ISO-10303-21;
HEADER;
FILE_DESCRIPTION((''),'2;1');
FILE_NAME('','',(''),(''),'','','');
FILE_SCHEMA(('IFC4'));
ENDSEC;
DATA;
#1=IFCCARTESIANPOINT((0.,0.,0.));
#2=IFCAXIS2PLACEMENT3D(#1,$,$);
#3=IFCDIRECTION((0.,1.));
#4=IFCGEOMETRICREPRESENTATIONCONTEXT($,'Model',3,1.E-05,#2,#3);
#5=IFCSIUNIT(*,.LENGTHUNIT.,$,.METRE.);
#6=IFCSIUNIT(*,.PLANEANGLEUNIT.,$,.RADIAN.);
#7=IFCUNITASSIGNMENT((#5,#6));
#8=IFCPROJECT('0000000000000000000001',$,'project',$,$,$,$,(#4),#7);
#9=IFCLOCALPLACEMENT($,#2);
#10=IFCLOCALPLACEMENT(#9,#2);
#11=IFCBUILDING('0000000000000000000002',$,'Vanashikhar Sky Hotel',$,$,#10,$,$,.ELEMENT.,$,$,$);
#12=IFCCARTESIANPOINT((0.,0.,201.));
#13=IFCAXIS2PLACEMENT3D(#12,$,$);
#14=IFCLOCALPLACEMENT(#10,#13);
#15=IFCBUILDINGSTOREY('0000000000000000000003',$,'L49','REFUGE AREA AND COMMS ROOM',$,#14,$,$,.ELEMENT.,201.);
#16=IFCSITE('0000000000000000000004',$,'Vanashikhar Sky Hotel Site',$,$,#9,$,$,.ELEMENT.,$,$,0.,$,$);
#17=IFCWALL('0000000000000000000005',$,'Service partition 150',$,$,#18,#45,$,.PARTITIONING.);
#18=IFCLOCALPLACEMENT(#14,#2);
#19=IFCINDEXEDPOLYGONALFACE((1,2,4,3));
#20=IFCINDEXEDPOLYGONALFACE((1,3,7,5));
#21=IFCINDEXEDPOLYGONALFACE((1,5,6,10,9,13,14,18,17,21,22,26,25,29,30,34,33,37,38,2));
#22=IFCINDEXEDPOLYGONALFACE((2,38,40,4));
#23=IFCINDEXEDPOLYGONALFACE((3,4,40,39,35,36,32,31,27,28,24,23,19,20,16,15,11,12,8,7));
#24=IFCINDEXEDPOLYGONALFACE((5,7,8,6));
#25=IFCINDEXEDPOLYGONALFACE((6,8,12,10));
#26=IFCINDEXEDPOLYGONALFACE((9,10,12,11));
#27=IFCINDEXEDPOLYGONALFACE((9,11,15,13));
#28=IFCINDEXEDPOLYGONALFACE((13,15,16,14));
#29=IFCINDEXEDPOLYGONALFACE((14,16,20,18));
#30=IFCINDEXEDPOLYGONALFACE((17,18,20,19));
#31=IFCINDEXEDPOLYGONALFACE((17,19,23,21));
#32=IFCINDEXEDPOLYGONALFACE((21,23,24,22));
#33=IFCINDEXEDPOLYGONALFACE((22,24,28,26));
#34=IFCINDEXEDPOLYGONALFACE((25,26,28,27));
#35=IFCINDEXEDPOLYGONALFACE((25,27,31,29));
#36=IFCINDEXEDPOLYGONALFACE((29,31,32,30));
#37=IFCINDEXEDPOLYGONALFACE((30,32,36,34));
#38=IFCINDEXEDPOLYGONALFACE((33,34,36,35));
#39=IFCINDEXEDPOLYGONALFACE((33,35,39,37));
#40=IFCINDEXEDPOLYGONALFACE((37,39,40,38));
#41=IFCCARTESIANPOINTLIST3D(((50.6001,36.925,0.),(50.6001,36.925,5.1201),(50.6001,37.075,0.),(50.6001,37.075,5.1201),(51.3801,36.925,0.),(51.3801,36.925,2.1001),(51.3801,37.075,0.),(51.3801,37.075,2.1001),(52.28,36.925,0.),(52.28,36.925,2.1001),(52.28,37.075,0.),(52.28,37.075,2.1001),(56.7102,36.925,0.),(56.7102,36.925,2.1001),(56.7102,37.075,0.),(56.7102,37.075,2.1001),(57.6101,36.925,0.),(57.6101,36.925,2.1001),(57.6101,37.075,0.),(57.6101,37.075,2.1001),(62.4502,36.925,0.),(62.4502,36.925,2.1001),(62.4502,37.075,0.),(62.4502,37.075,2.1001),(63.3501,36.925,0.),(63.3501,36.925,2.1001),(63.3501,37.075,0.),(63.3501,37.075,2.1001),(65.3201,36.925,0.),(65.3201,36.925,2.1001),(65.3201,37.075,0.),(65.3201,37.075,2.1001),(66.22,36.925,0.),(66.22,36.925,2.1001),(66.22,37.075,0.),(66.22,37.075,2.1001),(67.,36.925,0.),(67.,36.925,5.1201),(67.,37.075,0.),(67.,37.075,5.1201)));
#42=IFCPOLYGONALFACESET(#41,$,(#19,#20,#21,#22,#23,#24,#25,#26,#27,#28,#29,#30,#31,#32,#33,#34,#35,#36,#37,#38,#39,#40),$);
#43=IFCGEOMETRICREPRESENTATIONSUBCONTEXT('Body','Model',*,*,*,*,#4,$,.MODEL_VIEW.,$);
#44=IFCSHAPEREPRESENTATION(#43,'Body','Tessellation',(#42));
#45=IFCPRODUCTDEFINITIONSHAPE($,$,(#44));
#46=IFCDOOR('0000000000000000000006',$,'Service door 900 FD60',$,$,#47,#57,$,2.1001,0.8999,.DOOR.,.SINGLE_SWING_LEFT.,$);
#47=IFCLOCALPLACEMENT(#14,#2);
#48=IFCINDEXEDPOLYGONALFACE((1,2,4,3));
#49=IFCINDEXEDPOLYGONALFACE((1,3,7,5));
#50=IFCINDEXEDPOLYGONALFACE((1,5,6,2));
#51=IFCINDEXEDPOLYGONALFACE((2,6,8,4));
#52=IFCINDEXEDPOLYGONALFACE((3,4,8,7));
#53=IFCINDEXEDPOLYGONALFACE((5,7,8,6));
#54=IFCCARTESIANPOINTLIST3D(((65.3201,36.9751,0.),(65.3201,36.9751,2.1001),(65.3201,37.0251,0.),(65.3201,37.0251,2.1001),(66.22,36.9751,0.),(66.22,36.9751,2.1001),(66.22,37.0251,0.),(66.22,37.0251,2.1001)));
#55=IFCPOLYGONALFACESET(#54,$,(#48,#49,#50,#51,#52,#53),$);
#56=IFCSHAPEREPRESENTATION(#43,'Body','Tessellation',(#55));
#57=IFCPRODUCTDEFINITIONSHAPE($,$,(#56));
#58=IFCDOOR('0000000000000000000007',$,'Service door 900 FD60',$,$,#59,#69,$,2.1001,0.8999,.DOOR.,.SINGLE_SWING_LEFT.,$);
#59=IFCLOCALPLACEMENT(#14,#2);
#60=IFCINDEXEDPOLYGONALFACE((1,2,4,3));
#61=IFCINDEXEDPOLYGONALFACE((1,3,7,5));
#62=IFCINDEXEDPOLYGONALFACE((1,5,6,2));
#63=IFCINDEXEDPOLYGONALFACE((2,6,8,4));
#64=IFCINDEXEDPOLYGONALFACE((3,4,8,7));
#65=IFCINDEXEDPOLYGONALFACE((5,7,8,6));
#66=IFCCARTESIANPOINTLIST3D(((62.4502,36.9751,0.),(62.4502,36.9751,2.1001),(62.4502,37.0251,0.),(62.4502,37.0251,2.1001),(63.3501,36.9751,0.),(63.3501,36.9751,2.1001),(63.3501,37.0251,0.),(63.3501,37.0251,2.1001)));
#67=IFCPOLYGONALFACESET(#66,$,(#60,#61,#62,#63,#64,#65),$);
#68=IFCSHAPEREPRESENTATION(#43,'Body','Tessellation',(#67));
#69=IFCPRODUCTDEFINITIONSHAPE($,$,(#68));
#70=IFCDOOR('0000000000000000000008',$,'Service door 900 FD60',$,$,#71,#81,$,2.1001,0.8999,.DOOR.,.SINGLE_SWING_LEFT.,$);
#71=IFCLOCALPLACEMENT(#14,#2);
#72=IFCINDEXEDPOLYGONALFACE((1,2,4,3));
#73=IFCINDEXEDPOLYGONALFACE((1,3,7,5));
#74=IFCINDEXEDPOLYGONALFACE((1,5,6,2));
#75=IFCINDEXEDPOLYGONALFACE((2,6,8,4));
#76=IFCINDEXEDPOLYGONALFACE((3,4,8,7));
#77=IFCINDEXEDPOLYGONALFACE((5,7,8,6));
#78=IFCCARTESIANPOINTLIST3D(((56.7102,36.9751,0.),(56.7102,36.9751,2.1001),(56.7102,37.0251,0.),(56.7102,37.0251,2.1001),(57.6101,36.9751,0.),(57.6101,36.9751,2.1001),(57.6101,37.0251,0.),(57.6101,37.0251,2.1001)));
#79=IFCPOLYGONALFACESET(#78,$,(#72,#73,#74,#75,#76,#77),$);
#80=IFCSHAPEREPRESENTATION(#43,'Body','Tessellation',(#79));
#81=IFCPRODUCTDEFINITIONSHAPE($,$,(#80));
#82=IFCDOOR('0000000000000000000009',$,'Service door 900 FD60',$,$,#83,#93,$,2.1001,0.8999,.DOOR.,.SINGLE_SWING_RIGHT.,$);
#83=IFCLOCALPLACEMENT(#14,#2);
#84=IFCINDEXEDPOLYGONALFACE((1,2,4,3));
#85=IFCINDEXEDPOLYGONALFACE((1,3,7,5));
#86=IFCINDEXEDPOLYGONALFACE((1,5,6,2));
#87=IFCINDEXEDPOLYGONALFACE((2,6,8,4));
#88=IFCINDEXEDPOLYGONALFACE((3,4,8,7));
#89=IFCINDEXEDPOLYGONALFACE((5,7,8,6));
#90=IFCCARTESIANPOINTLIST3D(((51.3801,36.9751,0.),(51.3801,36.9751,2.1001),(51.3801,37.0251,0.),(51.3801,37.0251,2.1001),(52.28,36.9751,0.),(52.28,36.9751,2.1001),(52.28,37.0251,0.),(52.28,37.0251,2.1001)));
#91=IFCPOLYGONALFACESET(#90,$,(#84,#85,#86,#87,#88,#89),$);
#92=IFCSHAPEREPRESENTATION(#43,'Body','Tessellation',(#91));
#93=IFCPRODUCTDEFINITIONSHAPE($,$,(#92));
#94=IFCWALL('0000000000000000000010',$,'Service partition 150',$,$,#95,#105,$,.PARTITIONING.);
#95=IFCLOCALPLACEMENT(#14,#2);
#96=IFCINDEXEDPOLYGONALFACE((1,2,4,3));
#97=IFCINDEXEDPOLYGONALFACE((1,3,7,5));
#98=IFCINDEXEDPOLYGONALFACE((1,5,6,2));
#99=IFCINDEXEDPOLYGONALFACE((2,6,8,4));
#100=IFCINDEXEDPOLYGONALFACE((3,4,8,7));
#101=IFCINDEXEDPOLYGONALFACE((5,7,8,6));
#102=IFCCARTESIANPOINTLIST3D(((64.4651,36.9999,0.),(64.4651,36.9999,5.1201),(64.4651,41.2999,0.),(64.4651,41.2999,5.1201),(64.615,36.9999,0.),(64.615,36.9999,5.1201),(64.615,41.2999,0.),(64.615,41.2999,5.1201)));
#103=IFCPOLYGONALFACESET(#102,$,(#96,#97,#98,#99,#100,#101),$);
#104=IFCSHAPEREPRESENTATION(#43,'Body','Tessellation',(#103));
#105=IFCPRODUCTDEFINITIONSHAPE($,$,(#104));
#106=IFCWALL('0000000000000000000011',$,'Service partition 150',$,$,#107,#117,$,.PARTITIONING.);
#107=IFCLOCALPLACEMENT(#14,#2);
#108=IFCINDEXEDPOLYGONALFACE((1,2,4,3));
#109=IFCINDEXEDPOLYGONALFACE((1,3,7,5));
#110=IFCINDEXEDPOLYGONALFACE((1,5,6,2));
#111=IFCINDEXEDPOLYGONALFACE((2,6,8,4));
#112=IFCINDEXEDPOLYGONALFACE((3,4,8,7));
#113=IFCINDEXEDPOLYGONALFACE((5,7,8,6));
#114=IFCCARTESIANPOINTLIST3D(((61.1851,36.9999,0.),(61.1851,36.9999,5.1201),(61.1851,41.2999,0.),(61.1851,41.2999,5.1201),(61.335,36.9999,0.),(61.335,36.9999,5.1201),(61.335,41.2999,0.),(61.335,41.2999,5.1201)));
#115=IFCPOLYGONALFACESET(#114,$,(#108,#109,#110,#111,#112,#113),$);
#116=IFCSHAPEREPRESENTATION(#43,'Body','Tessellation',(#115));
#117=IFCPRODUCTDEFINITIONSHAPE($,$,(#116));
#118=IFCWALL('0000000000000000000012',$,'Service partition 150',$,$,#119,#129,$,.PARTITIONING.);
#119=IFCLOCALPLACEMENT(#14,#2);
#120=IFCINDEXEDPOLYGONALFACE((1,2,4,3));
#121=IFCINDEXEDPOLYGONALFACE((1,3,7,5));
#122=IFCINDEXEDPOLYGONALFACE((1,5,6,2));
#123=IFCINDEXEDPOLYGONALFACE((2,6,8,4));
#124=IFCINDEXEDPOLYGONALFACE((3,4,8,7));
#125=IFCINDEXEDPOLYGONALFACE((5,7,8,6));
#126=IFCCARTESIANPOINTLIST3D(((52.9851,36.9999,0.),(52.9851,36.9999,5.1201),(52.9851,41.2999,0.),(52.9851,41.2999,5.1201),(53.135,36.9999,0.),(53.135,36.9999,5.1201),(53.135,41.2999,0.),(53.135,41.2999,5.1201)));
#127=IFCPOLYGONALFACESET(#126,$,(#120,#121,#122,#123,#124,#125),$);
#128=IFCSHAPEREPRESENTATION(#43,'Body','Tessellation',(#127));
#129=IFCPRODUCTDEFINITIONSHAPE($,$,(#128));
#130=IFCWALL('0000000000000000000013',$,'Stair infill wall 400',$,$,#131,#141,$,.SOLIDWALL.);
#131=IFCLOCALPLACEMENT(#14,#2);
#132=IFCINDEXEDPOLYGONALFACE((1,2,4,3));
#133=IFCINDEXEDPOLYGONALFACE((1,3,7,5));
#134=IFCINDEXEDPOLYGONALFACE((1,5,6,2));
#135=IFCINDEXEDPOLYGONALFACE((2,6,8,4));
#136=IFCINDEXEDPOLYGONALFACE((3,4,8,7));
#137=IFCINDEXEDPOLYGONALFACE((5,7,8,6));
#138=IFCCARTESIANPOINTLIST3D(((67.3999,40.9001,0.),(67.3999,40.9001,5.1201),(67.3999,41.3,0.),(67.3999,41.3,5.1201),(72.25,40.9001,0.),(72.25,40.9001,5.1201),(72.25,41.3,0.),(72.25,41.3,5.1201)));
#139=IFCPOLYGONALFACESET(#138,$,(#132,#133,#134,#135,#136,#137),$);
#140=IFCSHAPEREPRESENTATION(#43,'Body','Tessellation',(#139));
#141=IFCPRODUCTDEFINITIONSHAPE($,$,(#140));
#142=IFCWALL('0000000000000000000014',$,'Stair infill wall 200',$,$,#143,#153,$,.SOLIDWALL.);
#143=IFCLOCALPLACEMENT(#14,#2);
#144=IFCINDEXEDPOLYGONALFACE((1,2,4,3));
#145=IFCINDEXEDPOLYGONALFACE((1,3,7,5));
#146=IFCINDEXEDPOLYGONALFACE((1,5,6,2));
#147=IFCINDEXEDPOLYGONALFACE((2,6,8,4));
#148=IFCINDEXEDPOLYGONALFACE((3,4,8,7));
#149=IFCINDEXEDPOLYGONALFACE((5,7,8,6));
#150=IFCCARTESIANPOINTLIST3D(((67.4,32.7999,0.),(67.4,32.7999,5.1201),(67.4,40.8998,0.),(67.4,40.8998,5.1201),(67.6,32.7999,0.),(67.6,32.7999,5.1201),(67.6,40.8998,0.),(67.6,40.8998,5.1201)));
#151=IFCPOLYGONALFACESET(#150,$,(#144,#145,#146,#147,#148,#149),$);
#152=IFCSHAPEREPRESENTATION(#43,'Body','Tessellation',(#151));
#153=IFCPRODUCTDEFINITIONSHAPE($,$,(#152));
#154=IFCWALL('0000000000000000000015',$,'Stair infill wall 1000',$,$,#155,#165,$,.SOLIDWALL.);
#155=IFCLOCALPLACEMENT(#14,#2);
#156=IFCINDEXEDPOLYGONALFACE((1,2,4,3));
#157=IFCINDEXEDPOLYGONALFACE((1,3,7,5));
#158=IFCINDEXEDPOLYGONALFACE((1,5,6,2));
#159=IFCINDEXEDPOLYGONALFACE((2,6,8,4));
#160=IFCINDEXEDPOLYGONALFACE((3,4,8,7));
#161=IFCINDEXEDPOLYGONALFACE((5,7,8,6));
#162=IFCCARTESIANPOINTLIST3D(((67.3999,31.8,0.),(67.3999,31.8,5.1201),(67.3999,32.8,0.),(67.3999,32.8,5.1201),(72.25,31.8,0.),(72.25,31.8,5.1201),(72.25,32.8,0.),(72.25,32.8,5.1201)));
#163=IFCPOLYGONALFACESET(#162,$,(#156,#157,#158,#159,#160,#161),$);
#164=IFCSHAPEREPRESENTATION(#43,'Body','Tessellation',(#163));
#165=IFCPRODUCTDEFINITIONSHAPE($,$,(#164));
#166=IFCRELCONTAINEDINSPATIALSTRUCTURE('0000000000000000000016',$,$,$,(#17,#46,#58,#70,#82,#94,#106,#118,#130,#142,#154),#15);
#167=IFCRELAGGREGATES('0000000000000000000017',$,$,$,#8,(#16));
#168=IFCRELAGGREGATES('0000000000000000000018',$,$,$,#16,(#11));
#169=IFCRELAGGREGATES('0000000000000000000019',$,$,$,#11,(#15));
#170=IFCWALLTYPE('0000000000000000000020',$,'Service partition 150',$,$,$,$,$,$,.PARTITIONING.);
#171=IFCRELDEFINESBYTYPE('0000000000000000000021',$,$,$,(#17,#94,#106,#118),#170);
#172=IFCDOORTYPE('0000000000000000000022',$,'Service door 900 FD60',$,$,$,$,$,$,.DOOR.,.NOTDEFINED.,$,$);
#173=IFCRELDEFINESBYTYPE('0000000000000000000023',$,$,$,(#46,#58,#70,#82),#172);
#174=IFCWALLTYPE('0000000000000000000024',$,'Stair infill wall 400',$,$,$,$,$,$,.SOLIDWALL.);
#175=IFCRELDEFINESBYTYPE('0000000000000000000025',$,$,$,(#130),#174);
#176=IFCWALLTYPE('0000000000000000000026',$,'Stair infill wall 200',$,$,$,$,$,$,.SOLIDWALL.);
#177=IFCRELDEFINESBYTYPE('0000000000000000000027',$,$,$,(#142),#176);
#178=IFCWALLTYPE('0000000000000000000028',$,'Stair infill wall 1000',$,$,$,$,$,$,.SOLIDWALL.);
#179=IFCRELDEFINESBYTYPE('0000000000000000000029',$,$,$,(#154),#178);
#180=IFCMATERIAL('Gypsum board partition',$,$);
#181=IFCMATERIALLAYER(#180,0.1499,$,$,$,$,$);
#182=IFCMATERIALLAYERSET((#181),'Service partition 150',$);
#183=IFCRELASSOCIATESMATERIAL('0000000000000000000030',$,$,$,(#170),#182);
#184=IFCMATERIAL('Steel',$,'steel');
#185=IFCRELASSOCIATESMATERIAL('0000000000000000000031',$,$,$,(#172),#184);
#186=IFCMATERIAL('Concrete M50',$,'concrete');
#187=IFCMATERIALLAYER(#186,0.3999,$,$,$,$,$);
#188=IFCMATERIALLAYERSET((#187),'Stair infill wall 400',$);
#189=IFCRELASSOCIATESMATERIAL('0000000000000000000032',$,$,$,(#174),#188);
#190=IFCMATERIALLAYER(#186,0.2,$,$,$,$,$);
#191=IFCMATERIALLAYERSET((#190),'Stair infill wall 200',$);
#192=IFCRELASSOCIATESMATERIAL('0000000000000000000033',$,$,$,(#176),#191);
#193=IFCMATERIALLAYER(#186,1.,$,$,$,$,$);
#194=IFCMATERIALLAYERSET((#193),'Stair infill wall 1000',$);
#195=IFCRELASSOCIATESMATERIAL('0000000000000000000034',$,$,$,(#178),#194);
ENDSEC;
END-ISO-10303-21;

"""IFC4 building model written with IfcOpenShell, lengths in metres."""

from ifc_helpers import new_model, si_unit, direction, frame, frame_2d, origin, place, context, subcontext, project, spatial, rectangle, extrude, source, transform, mapped, material, layer, layer_set, type_object, element, fill, save


model = new_model("IFC4")

# Units and contexts
model_context = context("Model", 3, precision=1e-05, world=origin(), true_north=direction((0.0, 1.0)))
body_context = subcontext(model_context, "Body", "Model", "MODEL_VIEW")
ifc_project = project(units=[si_unit("LENGTHUNIT", "METRE"), si_unit("PLANEANGLEUNIT", "RADIAN")], contexts=[model_context])

# Site, building, storey
site_placement = place(None, origin())
site = spatial("IfcSite", under=ifc_project, at=site_placement, Name="Vanashikhar Sky Hotel Site", CompositionType="ELEMENT", RefElevation=0.0)
building_placement = place(site_placement, origin())
building = spatial("IfcBuilding", under=site, at=building_placement, Name="Vanashikhar Sky Hotel", CompositionType="ELEMENT")
storey_placement = place(building_placement, frame((0.0, 0.0, 201.0)))
storey = spatial("IfcBuildingStorey", under=building, at=storey_placement, Name="L49", Description="REFUGE AREA AND COMMS ROOM", CompositionType="ELEMENT", Elevation=201.0)

# Shared definitions
ifc_material_1 = material(Name="Gypsum board partition")
ifc_layer_1 = layer(ifc_material_1, 0.1499)
ifc_layer_set_1 = layer_set([ifc_layer_1], Name="Service partition 150")
wall_type_1 = type_object("IfcWallType", Name="Service partition 150", PredefinedType="PARTITIONING", material=ifc_layer_set_1)

# Wall, openings, doors
shared_shape_1 = source(origin(), body_context, "Body", "SweptSolid", [
    extrude(rectangle(XDim=0.8999, YDim=2.1001, at=frame_2d((0.45, 1.05))), frame((0.0, 0.085, 0.0), z_axis=(0.0, -1.0, 0.0), x_axis=(1.0, 0.0, 0.0)), (0.0, 0.0, 1.0), 0.1699),
])
ifc_material_2 = material(Name="Steel", Category="steel")
door_type_1 = type_object("IfcDoorType", Name="Service door 900 FD60", OperationType="NOTDEFINED", PredefinedType="DOOR", material=ifc_material_2)
shared_shape_2 = source(origin(), body_context, "Body", "SweptSolid", [
    extrude(rectangle(XDim=0.8999, YDim=2.1001, at=frame_2d((0.45, 1.05))), frame((0.0, 0.0249, 0.0), z_axis=(0.0, -1.0, 0.0), x_axis=(1.0, 0.0, 0.0)), (0.0, 0.0, 1.0), 0.05),
])
shared_shape_3 = source(origin(), body_context, "Body", "SweptSolid", [
    extrude(rectangle(XDim=16.3999, YDim=0.1499, at=frame_2d((8.2, 0.0))), origin(), (0.0, 0.0, 1.0), 5.1201),
])
wall_1_placement = place(storey_placement, frame((67.0, 37.0, 0.0), z_axis=(0.0, 0.0, 1.0), x_axis=(-1.0, 0.0, 0.0)))
wall_1 = element("IfcWall", 1, at=wall_1_placement, inside=storey, type_object=wall_type_1, Name="Service partition 150", PredefinedType="PARTITIONING", context=body_context, shape_type="MappedRepresentation", body=[
    mapped(shared_shape_3, transform((0.0, 0.0, 0.0), scale=1.0)),
])
opening_1_placement = place(wall_1_placement, frame((0.78, 0.0, 0.0)))
opening_1 = element("IfcOpeningElement", 2, at=opening_1_placement, cuts=wall_1, PredefinedType="OPENING", context=body_context, shape_type="MappedRepresentation", body=[
    mapped(shared_shape_1, transform((0.0, 0.0, 0.0), scale=1.0)),
])
opening_2_placement = place(wall_1_placement, frame((3.6499, 0.0, 0.0)))
opening_2 = element("IfcOpeningElement", 3, at=opening_2_placement, cuts=wall_1, PredefinedType="OPENING", context=body_context, shape_type="MappedRepresentation", body=[
    mapped(shared_shape_1, transform((0.0, 0.0, 0.0), scale=1.0)),
])
opening_3_placement = place(wall_1_placement, frame((9.3899, 0.0, 0.0)))
opening_3 = element("IfcOpeningElement", 4, at=opening_3_placement, cuts=wall_1, PredefinedType="OPENING", context=body_context, shape_type="MappedRepresentation", body=[
    mapped(shared_shape_1, transform((0.0, 0.0, 0.0), scale=1.0)),
])
opening_4_placement = place(wall_1_placement, frame((14.72, 0.0, 0.0)))
opening_4 = element("IfcOpeningElement", 5, at=opening_4_placement, cuts=wall_1, PredefinedType="OPENING", context=body_context, shape_type="MappedRepresentation", body=[
    mapped(shared_shape_1, transform((0.0, 0.0, 0.0), scale=1.0)),
])
door_1_placement = place(opening_1_placement, origin())
door_1 = element("IfcDoor", 6, at=door_1_placement, inside=storey, type_object=door_type_1, Name="Service door 900 FD60", OperationType="SINGLE_SWING_LEFT", OverallHeight=2.1001, OverallWidth=0.8999, PredefinedType="DOOR", context=body_context, shape_type="MappedRepresentation", body=[
    mapped(shared_shape_2, transform((0.0, 0.0, 0.0), scale=1.0)),
])
fill(opening_1, door_1)
door_2_placement = place(opening_2_placement, origin())
door_2 = element("IfcDoor", 7, at=door_2_placement, inside=storey, type_object=door_type_1, Name="Service door 900 FD60", OperationType="SINGLE_SWING_LEFT", OverallHeight=2.1001, OverallWidth=0.8999, PredefinedType="DOOR", context=body_context, shape_type="MappedRepresentation", body=[
    mapped(shared_shape_2, transform((0.0, 0.0, 0.0), scale=1.0)),
])
fill(opening_2, door_2)
door_3_placement = place(opening_3_placement, origin())
door_3 = element("IfcDoor", 8, at=door_3_placement, inside=storey, type_object=door_type_1, Name="Service door 900 FD60", OperationType="SINGLE_SWING_LEFT", OverallHeight=2.1001, OverallWidth=0.8999, PredefinedType="DOOR", context=body_context, shape_type="MappedRepresentation", body=[
    mapped(shared_shape_2, transform((0.0, 0.0, 0.0), scale=1.0)),
])
fill(opening_3, door_3)
door_4_placement = place(opening_4_placement, origin())
door_4 = element("IfcDoor", 9, at=door_4_placement, inside=storey, type_object=door_type_1, Name="Service door 900 FD60", OperationType="SINGLE_SWING_RIGHT", OverallHeight=2.1001, OverallWidth=0.8999, PredefinedType="DOOR", context=body_context, shape_type="MappedRepresentation", body=[
    mapped(shared_shape_2, transform((0.0, 0.0, 0.0), scale=1.0)),
])
fill(opening_4, door_4)

# Walls
shared_shape_4 = source(origin(), body_context, "Body", "SweptSolid", [
    extrude(rectangle(XDim=4.3, YDim=0.1499, at=frame_2d((2.1499, 0.0))), origin(), (0.0, 0.0, 1.0), 5.1201),
])
for number, where, z_axis, x_axis, name in (
    (10, (64.54, 37.0, 0.0), (0.0, 0.0, 1.0), (0.0, 1.0, 0.0), "Service partition 150"),
    (11, (61.26, 37.0, 0.0), (0.0, 0.0, 1.0), (0.0, 1.0, 0.0), "Service partition 150"),
    (12, (53.0601, 37.0, 0.0), (0.0, 0.0, 1.0), (0.0, 1.0, 0.0), "Service partition 150"),
):
    element("IfcWall", number, at=place(storey_placement, frame(where, z_axis=z_axis, x_axis=x_axis)), inside=storey, type_object=wall_type_1, Name=name, PredefinedType="PARTITIONING", context=body_context, shape_type="MappedRepresentation", body=[
        mapped(shared_shape_4, transform((0.0, 0.0, 0.0), scale=1.0)),
    ])
ifc_material_3 = material(Name="Concrete M50", Category="concrete")
ifc_layer_2 = layer(ifc_material_3, 0.3999)
ifc_layer_set_2 = layer_set([ifc_layer_2], Name="Stair infill wall 400")
wall_type_2 = type_object("IfcWallType", Name="Stair infill wall 400", PredefinedType="SOLIDWALL", material=ifc_layer_set_2)
shared_shape_5 = source(origin(), body_context, "Body", "SweptSolid", [
    extrude(rectangle(XDim=4.8501, YDim=0.3999, at=frame_2d((2.425, 0.0))), origin(), (0.0, 0.0, 1.0), 5.1201),
])
wall_2_placement = place(storey_placement, frame((67.3999, 41.1001, 0.0), z_axis=(0.0, 0.0, 1.0), x_axis=(1.0, 0.0, 0.0)))
element("IfcWall", 13, at=wall_2_placement, inside=storey, type_object=wall_type_2, Name="Stair infill wall 400", PredefinedType="SOLIDWALL", context=body_context, shape_type="MappedRepresentation", body=[
    mapped(shared_shape_5, transform((0.0, 0.0, 0.0), scale=1.0)),
])
ifc_layer_3 = layer(ifc_material_3, 0.2)
ifc_layer_set_3 = layer_set([ifc_layer_3], Name="Stair infill wall 200")
wall_type_3 = type_object("IfcWallType", Name="Stair infill wall 200", PredefinedType="SOLIDWALL", material=ifc_layer_set_3)
shared_shape_6 = source(origin(), body_context, "Body", "SweptSolid", [
    extrude(rectangle(XDim=8.0999, YDim=0.2, at=frame_2d((4.0498, 0.0))), origin(), (0.0, 0.0, 1.0), 5.1201),
])
wall_3_placement = place(storey_placement, frame((67.5, 32.8, 0.0), z_axis=(0.0, 0.0, 1.0), x_axis=(0.0, 1.0, 0.0)))
element("IfcWall", 14, at=wall_3_placement, inside=storey, type_object=wall_type_3, Name="Stair infill wall 200", PredefinedType="SOLIDWALL", context=body_context, shape_type="MappedRepresentation", body=[
    mapped(shared_shape_6, transform((0.0, 0.0, 0.0), scale=1.0)),
])
ifc_layer_4 = layer(ifc_material_3, 1.0)
ifc_layer_set_4 = layer_set([ifc_layer_4], Name="Stair infill wall 1000")
wall_type_4 = type_object("IfcWallType", Name="Stair infill wall 1000", PredefinedType="SOLIDWALL", material=ifc_layer_set_4)
shared_shape_7 = source(origin(), body_context, "Body", "SweptSolid", [
    extrude(rectangle(XDim=4.8501, YDim=1.0, at=frame_2d((2.425, 0.0))), origin(), (0.0, 0.0, 1.0), 5.1201),
])
wall_4_placement = place(storey_placement, frame((67.3999, 32.3, 0.0), z_axis=(0.0, 0.0, 1.0), x_axis=(1.0, 0.0, 0.0)))
element("IfcWall", 15, at=wall_4_placement, inside=storey, type_object=wall_type_4, Name="Stair infill wall 1000", PredefinedType="SOLIDWALL", context=body_context, shape_type="MappedRepresentation", body=[
    mapped(shared_shape_7, transform((0.0, 0.0, 0.0), scale=1.0)),
])

save(model, "model.ifc")
